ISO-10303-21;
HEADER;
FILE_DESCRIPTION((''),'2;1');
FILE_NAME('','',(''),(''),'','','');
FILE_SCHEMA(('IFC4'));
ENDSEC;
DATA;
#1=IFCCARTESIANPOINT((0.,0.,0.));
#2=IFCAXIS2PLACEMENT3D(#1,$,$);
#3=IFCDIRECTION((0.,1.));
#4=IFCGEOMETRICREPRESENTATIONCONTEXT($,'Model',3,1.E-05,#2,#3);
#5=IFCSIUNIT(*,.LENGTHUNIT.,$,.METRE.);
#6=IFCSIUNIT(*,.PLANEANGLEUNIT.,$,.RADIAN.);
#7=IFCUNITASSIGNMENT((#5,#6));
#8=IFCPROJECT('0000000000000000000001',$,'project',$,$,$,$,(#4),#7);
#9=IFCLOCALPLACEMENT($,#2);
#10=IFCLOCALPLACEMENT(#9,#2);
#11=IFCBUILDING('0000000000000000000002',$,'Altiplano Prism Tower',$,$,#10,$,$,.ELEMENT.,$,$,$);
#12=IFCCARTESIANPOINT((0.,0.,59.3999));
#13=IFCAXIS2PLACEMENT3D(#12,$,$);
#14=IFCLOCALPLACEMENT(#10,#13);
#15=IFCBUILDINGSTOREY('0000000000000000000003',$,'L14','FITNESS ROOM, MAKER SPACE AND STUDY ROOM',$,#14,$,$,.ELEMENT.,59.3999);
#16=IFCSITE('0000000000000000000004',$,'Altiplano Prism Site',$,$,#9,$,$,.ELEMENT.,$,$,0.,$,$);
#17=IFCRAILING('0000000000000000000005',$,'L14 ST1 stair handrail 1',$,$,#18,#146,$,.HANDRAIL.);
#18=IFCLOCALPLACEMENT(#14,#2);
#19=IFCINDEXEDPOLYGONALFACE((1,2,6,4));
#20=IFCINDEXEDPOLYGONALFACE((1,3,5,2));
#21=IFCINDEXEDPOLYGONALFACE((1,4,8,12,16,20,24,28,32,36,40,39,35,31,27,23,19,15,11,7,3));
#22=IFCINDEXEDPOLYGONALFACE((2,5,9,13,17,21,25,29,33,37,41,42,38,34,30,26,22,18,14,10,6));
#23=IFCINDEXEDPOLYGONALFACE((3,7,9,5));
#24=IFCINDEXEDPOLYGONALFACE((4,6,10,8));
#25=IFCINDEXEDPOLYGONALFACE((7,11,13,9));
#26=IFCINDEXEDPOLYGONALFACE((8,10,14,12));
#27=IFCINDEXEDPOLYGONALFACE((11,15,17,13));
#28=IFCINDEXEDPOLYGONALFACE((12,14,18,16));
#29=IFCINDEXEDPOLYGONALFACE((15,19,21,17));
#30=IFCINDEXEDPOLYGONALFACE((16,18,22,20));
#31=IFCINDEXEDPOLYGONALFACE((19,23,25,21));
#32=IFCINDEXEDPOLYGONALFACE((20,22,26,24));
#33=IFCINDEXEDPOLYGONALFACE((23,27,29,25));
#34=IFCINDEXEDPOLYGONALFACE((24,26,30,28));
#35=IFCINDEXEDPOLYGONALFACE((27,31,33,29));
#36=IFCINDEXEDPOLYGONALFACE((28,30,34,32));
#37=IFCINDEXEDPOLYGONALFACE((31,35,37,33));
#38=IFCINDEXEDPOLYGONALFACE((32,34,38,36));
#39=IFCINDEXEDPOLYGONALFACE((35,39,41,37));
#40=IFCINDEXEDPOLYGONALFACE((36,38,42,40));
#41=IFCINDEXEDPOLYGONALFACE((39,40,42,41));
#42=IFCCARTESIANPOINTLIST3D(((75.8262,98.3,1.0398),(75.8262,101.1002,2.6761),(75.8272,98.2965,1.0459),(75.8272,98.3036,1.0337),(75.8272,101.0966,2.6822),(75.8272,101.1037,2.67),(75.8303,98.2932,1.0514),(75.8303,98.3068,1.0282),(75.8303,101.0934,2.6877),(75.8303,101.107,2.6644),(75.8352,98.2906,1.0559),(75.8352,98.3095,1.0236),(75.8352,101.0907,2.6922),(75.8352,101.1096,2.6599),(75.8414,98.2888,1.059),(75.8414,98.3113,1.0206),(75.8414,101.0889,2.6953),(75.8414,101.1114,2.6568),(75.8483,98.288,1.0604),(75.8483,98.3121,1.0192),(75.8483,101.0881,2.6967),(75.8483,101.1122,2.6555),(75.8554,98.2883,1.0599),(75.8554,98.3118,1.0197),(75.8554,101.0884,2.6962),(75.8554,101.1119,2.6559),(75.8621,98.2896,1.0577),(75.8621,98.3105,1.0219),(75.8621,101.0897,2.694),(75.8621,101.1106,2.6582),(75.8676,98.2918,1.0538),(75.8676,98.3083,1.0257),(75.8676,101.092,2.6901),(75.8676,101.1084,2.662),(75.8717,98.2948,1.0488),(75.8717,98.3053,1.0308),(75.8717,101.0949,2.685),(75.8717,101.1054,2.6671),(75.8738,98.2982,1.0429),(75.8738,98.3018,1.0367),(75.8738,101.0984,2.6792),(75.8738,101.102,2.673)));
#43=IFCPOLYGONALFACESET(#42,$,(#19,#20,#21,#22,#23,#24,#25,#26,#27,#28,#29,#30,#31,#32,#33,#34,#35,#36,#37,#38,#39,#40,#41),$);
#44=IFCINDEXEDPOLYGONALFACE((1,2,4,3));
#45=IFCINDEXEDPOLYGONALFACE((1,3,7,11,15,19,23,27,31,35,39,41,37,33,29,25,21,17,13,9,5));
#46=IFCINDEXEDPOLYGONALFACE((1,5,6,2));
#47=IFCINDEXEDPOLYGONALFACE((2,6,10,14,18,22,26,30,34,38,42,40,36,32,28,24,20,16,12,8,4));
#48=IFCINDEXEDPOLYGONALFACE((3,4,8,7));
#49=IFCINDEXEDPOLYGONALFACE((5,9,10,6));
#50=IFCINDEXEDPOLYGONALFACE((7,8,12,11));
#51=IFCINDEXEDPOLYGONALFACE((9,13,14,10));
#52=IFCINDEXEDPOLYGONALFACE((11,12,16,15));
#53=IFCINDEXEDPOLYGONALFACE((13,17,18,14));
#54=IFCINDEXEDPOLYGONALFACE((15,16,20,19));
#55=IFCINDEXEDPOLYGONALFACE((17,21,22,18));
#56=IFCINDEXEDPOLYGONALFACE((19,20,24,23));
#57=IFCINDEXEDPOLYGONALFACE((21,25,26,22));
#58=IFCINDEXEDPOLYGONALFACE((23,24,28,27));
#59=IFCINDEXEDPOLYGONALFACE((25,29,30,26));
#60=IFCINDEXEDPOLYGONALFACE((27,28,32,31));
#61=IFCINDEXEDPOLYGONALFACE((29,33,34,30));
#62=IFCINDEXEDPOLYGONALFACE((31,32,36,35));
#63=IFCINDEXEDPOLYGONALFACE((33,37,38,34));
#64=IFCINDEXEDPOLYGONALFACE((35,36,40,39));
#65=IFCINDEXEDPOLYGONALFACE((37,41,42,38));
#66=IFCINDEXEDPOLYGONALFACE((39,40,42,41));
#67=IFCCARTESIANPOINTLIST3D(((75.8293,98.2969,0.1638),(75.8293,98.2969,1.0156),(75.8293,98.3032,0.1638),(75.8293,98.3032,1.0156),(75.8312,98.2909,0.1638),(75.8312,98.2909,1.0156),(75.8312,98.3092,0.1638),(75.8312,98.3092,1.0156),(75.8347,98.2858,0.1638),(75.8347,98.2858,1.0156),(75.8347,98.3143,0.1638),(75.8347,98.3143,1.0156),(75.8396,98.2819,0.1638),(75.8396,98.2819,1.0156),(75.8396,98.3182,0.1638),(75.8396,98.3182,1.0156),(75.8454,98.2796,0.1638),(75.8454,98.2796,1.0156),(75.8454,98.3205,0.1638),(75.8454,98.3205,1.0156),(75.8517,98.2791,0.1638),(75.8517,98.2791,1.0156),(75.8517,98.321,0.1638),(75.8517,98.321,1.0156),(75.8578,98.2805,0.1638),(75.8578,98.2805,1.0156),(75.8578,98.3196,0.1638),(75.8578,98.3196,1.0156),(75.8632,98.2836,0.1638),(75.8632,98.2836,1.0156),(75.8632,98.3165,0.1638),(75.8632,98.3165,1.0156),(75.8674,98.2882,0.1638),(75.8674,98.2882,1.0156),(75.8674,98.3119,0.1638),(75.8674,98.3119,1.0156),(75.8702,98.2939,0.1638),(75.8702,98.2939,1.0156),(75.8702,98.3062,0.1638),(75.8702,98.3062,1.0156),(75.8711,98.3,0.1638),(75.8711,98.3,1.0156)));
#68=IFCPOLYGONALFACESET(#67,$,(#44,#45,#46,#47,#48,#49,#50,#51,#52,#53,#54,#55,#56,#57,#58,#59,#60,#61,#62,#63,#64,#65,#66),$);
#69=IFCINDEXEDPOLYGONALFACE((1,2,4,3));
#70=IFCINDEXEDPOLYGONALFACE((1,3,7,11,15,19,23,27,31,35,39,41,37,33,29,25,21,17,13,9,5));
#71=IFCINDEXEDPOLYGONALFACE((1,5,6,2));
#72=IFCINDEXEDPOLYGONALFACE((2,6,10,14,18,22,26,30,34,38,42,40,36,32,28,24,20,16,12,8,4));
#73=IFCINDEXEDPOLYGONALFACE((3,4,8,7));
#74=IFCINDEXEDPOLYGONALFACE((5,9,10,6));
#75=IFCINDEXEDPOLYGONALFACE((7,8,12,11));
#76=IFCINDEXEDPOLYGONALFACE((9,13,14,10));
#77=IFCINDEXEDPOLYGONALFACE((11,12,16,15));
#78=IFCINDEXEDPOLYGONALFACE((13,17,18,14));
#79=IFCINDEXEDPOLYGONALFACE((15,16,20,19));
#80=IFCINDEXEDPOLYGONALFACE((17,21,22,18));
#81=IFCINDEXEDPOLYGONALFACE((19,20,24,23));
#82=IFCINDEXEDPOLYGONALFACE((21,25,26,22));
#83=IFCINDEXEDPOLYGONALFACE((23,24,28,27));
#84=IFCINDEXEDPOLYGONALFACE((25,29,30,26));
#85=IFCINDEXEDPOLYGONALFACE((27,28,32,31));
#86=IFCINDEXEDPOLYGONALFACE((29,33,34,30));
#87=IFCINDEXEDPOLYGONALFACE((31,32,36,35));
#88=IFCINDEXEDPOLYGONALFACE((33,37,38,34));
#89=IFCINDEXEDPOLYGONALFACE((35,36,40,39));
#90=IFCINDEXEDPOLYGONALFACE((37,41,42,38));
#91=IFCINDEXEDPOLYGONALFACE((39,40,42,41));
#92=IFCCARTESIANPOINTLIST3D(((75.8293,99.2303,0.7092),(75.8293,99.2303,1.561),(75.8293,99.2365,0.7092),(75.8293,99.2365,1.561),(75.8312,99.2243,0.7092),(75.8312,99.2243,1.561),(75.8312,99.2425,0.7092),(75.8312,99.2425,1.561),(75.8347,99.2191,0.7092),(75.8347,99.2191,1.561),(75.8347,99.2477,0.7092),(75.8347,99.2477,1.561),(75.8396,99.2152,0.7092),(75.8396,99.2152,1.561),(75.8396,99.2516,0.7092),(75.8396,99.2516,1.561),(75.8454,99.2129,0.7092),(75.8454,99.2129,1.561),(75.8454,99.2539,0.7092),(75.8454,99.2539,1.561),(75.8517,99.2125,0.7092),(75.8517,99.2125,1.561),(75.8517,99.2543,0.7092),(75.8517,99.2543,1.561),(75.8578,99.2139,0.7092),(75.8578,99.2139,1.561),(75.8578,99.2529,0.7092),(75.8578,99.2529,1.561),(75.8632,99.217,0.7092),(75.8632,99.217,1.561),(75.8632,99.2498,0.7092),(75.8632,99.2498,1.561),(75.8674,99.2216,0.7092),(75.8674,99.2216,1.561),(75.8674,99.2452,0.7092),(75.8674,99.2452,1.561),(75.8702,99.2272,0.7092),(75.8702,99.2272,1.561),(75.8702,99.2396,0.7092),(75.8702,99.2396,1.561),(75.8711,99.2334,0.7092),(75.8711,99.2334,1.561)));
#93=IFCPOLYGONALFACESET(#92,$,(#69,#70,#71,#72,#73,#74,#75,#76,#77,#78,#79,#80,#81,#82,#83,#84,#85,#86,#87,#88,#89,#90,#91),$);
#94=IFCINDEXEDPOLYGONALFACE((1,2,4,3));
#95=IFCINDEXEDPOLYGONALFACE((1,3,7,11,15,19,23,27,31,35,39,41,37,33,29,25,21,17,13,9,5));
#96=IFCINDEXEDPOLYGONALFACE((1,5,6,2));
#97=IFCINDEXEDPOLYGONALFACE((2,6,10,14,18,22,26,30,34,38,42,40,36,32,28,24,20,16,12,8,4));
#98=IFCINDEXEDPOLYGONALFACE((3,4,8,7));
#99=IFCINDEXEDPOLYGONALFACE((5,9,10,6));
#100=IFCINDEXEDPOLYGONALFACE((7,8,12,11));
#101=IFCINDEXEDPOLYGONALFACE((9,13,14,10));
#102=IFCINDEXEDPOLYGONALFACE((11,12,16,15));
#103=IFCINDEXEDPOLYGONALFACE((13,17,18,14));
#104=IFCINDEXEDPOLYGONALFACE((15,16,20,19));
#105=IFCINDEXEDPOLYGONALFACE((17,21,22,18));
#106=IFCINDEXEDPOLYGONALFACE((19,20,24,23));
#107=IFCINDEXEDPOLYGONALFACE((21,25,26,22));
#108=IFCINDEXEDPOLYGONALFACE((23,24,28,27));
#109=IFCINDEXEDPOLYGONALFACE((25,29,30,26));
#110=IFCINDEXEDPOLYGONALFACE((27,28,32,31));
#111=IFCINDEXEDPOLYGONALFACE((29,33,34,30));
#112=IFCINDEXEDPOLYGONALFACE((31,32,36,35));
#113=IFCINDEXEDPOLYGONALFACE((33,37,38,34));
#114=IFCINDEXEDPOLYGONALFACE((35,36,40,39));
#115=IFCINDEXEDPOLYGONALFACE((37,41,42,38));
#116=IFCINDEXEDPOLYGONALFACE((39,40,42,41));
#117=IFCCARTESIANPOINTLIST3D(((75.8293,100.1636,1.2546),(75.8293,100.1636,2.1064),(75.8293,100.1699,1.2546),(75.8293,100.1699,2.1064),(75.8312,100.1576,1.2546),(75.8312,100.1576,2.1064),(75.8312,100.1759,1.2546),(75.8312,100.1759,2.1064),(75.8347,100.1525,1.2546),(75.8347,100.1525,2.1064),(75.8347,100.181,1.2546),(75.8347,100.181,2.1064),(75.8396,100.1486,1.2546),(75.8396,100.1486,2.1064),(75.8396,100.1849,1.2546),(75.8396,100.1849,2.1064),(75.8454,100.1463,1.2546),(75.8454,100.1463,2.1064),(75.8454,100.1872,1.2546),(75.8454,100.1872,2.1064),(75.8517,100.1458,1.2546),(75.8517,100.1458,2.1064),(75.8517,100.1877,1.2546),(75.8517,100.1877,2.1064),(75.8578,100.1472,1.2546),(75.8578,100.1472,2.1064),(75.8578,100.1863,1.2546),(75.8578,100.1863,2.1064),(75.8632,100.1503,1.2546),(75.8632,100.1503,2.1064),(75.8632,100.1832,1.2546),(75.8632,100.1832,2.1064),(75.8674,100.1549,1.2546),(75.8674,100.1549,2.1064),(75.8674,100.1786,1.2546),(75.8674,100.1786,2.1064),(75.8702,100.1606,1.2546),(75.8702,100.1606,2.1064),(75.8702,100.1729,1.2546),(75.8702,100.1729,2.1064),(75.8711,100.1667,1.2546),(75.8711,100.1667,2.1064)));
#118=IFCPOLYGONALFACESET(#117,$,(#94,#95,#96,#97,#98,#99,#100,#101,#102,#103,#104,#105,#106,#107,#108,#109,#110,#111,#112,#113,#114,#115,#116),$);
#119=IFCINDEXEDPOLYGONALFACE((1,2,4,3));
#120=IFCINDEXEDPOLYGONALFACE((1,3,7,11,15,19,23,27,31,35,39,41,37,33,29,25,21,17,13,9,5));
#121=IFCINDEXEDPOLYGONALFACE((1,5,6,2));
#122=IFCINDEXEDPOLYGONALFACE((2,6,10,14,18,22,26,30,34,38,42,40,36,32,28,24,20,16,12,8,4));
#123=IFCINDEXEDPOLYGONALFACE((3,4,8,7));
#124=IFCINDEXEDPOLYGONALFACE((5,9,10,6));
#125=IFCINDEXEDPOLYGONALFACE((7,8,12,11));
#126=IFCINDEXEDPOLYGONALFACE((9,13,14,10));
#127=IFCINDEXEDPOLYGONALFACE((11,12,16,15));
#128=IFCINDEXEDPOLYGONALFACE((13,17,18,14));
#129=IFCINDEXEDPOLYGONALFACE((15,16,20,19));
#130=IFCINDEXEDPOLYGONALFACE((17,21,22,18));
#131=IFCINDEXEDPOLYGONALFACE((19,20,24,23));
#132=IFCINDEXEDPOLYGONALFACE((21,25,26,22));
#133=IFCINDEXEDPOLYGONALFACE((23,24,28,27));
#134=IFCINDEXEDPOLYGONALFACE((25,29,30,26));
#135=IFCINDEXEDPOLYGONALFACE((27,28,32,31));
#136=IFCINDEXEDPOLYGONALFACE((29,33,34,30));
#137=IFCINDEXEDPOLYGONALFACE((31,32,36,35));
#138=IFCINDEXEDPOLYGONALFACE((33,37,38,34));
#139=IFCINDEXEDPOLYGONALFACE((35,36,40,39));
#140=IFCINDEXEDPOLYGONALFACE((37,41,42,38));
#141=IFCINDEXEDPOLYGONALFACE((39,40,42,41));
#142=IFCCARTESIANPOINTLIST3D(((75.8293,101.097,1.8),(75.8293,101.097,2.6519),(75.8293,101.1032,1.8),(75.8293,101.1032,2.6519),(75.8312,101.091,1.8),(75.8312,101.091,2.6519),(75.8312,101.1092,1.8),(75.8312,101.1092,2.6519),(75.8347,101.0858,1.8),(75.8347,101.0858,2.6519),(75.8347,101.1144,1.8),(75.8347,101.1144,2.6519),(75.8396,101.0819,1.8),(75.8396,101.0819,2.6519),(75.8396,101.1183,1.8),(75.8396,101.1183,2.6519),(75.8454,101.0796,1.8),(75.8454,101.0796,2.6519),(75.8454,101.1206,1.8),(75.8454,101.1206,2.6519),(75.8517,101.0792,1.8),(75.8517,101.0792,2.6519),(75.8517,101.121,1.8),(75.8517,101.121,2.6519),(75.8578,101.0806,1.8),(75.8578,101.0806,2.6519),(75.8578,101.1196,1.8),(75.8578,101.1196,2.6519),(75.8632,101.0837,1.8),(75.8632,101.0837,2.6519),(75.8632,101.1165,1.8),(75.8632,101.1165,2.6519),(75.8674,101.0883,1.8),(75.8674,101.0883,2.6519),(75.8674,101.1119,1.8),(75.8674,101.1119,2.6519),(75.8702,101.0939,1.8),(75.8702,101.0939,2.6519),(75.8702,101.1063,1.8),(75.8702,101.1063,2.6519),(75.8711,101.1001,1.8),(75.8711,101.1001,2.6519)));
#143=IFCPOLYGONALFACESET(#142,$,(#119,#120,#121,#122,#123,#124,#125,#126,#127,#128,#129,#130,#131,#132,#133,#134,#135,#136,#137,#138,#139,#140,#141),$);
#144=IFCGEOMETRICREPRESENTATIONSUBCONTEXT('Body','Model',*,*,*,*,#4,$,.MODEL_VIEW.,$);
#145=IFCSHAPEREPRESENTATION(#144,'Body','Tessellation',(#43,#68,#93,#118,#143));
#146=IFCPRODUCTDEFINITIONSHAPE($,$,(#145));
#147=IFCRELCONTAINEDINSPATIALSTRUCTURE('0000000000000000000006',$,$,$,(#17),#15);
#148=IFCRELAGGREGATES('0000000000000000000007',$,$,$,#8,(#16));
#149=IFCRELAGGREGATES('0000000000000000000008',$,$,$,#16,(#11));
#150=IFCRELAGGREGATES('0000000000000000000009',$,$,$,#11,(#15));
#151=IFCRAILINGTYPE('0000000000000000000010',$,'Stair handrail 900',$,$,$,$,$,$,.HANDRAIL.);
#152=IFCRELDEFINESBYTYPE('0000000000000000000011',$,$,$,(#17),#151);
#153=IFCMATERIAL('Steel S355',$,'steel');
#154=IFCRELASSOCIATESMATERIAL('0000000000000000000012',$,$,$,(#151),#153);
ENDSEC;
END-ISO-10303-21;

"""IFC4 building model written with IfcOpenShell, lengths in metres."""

from ifc_helpers import new_model, si_unit, direction, frame, origin, origin_2d, place, context, subcontext, project, spatial, circle, extrude, material, type_object, element, save


model = new_model("IFC4")

# Units and contexts
model_context = context("Model", 3, precision=1e-05, world=origin(), true_north=direction((0.0, 1.0)))
body_context = subcontext(model_context, "Body", "Model", "MODEL_VIEW")
ifc_project = project(units=[si_unit("LENGTHUNIT", "METRE"), si_unit("PLANEANGLEUNIT", "RADIAN")], contexts=[model_context])

# Site, building, storey
site_placement = place(None, origin())
site = spatial("IfcSite", under=ifc_project, at=site_placement, Name="Altiplano Prism Site", CompositionType="ELEMENT", RefElevation=0.0)
building_placement = place(site_placement, origin())
building = spatial("IfcBuilding", under=site, at=building_placement, Name="Altiplano Prism Tower", CompositionType="ELEMENT")
storey_placement = place(building_placement, frame((0.0, 0.0, 59.3999)))
storey = spatial("IfcBuildingStorey", under=building, at=storey_placement, Name="L14", Description="FITNESS ROOM, MAKER SPACE AND STUDY ROOM", CompositionType="ELEMENT", Elevation=59.3999)

# Railing
ifc_material_1 = material(Name="Steel S355", Category="steel")
railing_type_1 = type_object("IfcRailingType", Name="Stair handrail 900", PredefinedType="HANDRAIL", material=ifc_material_1)
railing_1_placement = place(storey_placement, frame((75.8501, 98.3, 0.1638)))
element("IfcRailing", 1, at=railing_1_placement, inside=storey, type_object=railing_type_1, Name="L14 ST1 stair handrail 1", PredefinedType="HANDRAIL", context=body_context, shape_type="SweptSolid", body=[
    extrude(circle(Radius=0.0239, at=origin_2d()), frame((0.0, 0.0, 0.876), z_axis=(0.0, 0.863394, 0.504531), x_axis=(-1.0, 0.0, 0.0)), (0.0, 0.0, 1.0), 3.2432),
    extrude(circle(Radius=0.021, at=origin_2d()), origin(), (0.0, 0.0, 1.0), 0.8518),
    extrude(circle(Radius=0.021, at=origin_2d()), frame((0.0, 0.9333, 0.5454)), (0.0, 0.0, 1.0), 0.8518),
    extrude(circle(Radius=0.021, at=origin_2d()), frame((0.0, 1.8667, 1.0908)), (0.0, 0.0, 1.0), 0.8518),
    extrude(circle(Radius=0.021, at=origin_2d()), frame((0.0, 2.8, 1.6362)), (0.0, 0.0, 1.0), 0.8518),
])

save(model, "model.ifc")
